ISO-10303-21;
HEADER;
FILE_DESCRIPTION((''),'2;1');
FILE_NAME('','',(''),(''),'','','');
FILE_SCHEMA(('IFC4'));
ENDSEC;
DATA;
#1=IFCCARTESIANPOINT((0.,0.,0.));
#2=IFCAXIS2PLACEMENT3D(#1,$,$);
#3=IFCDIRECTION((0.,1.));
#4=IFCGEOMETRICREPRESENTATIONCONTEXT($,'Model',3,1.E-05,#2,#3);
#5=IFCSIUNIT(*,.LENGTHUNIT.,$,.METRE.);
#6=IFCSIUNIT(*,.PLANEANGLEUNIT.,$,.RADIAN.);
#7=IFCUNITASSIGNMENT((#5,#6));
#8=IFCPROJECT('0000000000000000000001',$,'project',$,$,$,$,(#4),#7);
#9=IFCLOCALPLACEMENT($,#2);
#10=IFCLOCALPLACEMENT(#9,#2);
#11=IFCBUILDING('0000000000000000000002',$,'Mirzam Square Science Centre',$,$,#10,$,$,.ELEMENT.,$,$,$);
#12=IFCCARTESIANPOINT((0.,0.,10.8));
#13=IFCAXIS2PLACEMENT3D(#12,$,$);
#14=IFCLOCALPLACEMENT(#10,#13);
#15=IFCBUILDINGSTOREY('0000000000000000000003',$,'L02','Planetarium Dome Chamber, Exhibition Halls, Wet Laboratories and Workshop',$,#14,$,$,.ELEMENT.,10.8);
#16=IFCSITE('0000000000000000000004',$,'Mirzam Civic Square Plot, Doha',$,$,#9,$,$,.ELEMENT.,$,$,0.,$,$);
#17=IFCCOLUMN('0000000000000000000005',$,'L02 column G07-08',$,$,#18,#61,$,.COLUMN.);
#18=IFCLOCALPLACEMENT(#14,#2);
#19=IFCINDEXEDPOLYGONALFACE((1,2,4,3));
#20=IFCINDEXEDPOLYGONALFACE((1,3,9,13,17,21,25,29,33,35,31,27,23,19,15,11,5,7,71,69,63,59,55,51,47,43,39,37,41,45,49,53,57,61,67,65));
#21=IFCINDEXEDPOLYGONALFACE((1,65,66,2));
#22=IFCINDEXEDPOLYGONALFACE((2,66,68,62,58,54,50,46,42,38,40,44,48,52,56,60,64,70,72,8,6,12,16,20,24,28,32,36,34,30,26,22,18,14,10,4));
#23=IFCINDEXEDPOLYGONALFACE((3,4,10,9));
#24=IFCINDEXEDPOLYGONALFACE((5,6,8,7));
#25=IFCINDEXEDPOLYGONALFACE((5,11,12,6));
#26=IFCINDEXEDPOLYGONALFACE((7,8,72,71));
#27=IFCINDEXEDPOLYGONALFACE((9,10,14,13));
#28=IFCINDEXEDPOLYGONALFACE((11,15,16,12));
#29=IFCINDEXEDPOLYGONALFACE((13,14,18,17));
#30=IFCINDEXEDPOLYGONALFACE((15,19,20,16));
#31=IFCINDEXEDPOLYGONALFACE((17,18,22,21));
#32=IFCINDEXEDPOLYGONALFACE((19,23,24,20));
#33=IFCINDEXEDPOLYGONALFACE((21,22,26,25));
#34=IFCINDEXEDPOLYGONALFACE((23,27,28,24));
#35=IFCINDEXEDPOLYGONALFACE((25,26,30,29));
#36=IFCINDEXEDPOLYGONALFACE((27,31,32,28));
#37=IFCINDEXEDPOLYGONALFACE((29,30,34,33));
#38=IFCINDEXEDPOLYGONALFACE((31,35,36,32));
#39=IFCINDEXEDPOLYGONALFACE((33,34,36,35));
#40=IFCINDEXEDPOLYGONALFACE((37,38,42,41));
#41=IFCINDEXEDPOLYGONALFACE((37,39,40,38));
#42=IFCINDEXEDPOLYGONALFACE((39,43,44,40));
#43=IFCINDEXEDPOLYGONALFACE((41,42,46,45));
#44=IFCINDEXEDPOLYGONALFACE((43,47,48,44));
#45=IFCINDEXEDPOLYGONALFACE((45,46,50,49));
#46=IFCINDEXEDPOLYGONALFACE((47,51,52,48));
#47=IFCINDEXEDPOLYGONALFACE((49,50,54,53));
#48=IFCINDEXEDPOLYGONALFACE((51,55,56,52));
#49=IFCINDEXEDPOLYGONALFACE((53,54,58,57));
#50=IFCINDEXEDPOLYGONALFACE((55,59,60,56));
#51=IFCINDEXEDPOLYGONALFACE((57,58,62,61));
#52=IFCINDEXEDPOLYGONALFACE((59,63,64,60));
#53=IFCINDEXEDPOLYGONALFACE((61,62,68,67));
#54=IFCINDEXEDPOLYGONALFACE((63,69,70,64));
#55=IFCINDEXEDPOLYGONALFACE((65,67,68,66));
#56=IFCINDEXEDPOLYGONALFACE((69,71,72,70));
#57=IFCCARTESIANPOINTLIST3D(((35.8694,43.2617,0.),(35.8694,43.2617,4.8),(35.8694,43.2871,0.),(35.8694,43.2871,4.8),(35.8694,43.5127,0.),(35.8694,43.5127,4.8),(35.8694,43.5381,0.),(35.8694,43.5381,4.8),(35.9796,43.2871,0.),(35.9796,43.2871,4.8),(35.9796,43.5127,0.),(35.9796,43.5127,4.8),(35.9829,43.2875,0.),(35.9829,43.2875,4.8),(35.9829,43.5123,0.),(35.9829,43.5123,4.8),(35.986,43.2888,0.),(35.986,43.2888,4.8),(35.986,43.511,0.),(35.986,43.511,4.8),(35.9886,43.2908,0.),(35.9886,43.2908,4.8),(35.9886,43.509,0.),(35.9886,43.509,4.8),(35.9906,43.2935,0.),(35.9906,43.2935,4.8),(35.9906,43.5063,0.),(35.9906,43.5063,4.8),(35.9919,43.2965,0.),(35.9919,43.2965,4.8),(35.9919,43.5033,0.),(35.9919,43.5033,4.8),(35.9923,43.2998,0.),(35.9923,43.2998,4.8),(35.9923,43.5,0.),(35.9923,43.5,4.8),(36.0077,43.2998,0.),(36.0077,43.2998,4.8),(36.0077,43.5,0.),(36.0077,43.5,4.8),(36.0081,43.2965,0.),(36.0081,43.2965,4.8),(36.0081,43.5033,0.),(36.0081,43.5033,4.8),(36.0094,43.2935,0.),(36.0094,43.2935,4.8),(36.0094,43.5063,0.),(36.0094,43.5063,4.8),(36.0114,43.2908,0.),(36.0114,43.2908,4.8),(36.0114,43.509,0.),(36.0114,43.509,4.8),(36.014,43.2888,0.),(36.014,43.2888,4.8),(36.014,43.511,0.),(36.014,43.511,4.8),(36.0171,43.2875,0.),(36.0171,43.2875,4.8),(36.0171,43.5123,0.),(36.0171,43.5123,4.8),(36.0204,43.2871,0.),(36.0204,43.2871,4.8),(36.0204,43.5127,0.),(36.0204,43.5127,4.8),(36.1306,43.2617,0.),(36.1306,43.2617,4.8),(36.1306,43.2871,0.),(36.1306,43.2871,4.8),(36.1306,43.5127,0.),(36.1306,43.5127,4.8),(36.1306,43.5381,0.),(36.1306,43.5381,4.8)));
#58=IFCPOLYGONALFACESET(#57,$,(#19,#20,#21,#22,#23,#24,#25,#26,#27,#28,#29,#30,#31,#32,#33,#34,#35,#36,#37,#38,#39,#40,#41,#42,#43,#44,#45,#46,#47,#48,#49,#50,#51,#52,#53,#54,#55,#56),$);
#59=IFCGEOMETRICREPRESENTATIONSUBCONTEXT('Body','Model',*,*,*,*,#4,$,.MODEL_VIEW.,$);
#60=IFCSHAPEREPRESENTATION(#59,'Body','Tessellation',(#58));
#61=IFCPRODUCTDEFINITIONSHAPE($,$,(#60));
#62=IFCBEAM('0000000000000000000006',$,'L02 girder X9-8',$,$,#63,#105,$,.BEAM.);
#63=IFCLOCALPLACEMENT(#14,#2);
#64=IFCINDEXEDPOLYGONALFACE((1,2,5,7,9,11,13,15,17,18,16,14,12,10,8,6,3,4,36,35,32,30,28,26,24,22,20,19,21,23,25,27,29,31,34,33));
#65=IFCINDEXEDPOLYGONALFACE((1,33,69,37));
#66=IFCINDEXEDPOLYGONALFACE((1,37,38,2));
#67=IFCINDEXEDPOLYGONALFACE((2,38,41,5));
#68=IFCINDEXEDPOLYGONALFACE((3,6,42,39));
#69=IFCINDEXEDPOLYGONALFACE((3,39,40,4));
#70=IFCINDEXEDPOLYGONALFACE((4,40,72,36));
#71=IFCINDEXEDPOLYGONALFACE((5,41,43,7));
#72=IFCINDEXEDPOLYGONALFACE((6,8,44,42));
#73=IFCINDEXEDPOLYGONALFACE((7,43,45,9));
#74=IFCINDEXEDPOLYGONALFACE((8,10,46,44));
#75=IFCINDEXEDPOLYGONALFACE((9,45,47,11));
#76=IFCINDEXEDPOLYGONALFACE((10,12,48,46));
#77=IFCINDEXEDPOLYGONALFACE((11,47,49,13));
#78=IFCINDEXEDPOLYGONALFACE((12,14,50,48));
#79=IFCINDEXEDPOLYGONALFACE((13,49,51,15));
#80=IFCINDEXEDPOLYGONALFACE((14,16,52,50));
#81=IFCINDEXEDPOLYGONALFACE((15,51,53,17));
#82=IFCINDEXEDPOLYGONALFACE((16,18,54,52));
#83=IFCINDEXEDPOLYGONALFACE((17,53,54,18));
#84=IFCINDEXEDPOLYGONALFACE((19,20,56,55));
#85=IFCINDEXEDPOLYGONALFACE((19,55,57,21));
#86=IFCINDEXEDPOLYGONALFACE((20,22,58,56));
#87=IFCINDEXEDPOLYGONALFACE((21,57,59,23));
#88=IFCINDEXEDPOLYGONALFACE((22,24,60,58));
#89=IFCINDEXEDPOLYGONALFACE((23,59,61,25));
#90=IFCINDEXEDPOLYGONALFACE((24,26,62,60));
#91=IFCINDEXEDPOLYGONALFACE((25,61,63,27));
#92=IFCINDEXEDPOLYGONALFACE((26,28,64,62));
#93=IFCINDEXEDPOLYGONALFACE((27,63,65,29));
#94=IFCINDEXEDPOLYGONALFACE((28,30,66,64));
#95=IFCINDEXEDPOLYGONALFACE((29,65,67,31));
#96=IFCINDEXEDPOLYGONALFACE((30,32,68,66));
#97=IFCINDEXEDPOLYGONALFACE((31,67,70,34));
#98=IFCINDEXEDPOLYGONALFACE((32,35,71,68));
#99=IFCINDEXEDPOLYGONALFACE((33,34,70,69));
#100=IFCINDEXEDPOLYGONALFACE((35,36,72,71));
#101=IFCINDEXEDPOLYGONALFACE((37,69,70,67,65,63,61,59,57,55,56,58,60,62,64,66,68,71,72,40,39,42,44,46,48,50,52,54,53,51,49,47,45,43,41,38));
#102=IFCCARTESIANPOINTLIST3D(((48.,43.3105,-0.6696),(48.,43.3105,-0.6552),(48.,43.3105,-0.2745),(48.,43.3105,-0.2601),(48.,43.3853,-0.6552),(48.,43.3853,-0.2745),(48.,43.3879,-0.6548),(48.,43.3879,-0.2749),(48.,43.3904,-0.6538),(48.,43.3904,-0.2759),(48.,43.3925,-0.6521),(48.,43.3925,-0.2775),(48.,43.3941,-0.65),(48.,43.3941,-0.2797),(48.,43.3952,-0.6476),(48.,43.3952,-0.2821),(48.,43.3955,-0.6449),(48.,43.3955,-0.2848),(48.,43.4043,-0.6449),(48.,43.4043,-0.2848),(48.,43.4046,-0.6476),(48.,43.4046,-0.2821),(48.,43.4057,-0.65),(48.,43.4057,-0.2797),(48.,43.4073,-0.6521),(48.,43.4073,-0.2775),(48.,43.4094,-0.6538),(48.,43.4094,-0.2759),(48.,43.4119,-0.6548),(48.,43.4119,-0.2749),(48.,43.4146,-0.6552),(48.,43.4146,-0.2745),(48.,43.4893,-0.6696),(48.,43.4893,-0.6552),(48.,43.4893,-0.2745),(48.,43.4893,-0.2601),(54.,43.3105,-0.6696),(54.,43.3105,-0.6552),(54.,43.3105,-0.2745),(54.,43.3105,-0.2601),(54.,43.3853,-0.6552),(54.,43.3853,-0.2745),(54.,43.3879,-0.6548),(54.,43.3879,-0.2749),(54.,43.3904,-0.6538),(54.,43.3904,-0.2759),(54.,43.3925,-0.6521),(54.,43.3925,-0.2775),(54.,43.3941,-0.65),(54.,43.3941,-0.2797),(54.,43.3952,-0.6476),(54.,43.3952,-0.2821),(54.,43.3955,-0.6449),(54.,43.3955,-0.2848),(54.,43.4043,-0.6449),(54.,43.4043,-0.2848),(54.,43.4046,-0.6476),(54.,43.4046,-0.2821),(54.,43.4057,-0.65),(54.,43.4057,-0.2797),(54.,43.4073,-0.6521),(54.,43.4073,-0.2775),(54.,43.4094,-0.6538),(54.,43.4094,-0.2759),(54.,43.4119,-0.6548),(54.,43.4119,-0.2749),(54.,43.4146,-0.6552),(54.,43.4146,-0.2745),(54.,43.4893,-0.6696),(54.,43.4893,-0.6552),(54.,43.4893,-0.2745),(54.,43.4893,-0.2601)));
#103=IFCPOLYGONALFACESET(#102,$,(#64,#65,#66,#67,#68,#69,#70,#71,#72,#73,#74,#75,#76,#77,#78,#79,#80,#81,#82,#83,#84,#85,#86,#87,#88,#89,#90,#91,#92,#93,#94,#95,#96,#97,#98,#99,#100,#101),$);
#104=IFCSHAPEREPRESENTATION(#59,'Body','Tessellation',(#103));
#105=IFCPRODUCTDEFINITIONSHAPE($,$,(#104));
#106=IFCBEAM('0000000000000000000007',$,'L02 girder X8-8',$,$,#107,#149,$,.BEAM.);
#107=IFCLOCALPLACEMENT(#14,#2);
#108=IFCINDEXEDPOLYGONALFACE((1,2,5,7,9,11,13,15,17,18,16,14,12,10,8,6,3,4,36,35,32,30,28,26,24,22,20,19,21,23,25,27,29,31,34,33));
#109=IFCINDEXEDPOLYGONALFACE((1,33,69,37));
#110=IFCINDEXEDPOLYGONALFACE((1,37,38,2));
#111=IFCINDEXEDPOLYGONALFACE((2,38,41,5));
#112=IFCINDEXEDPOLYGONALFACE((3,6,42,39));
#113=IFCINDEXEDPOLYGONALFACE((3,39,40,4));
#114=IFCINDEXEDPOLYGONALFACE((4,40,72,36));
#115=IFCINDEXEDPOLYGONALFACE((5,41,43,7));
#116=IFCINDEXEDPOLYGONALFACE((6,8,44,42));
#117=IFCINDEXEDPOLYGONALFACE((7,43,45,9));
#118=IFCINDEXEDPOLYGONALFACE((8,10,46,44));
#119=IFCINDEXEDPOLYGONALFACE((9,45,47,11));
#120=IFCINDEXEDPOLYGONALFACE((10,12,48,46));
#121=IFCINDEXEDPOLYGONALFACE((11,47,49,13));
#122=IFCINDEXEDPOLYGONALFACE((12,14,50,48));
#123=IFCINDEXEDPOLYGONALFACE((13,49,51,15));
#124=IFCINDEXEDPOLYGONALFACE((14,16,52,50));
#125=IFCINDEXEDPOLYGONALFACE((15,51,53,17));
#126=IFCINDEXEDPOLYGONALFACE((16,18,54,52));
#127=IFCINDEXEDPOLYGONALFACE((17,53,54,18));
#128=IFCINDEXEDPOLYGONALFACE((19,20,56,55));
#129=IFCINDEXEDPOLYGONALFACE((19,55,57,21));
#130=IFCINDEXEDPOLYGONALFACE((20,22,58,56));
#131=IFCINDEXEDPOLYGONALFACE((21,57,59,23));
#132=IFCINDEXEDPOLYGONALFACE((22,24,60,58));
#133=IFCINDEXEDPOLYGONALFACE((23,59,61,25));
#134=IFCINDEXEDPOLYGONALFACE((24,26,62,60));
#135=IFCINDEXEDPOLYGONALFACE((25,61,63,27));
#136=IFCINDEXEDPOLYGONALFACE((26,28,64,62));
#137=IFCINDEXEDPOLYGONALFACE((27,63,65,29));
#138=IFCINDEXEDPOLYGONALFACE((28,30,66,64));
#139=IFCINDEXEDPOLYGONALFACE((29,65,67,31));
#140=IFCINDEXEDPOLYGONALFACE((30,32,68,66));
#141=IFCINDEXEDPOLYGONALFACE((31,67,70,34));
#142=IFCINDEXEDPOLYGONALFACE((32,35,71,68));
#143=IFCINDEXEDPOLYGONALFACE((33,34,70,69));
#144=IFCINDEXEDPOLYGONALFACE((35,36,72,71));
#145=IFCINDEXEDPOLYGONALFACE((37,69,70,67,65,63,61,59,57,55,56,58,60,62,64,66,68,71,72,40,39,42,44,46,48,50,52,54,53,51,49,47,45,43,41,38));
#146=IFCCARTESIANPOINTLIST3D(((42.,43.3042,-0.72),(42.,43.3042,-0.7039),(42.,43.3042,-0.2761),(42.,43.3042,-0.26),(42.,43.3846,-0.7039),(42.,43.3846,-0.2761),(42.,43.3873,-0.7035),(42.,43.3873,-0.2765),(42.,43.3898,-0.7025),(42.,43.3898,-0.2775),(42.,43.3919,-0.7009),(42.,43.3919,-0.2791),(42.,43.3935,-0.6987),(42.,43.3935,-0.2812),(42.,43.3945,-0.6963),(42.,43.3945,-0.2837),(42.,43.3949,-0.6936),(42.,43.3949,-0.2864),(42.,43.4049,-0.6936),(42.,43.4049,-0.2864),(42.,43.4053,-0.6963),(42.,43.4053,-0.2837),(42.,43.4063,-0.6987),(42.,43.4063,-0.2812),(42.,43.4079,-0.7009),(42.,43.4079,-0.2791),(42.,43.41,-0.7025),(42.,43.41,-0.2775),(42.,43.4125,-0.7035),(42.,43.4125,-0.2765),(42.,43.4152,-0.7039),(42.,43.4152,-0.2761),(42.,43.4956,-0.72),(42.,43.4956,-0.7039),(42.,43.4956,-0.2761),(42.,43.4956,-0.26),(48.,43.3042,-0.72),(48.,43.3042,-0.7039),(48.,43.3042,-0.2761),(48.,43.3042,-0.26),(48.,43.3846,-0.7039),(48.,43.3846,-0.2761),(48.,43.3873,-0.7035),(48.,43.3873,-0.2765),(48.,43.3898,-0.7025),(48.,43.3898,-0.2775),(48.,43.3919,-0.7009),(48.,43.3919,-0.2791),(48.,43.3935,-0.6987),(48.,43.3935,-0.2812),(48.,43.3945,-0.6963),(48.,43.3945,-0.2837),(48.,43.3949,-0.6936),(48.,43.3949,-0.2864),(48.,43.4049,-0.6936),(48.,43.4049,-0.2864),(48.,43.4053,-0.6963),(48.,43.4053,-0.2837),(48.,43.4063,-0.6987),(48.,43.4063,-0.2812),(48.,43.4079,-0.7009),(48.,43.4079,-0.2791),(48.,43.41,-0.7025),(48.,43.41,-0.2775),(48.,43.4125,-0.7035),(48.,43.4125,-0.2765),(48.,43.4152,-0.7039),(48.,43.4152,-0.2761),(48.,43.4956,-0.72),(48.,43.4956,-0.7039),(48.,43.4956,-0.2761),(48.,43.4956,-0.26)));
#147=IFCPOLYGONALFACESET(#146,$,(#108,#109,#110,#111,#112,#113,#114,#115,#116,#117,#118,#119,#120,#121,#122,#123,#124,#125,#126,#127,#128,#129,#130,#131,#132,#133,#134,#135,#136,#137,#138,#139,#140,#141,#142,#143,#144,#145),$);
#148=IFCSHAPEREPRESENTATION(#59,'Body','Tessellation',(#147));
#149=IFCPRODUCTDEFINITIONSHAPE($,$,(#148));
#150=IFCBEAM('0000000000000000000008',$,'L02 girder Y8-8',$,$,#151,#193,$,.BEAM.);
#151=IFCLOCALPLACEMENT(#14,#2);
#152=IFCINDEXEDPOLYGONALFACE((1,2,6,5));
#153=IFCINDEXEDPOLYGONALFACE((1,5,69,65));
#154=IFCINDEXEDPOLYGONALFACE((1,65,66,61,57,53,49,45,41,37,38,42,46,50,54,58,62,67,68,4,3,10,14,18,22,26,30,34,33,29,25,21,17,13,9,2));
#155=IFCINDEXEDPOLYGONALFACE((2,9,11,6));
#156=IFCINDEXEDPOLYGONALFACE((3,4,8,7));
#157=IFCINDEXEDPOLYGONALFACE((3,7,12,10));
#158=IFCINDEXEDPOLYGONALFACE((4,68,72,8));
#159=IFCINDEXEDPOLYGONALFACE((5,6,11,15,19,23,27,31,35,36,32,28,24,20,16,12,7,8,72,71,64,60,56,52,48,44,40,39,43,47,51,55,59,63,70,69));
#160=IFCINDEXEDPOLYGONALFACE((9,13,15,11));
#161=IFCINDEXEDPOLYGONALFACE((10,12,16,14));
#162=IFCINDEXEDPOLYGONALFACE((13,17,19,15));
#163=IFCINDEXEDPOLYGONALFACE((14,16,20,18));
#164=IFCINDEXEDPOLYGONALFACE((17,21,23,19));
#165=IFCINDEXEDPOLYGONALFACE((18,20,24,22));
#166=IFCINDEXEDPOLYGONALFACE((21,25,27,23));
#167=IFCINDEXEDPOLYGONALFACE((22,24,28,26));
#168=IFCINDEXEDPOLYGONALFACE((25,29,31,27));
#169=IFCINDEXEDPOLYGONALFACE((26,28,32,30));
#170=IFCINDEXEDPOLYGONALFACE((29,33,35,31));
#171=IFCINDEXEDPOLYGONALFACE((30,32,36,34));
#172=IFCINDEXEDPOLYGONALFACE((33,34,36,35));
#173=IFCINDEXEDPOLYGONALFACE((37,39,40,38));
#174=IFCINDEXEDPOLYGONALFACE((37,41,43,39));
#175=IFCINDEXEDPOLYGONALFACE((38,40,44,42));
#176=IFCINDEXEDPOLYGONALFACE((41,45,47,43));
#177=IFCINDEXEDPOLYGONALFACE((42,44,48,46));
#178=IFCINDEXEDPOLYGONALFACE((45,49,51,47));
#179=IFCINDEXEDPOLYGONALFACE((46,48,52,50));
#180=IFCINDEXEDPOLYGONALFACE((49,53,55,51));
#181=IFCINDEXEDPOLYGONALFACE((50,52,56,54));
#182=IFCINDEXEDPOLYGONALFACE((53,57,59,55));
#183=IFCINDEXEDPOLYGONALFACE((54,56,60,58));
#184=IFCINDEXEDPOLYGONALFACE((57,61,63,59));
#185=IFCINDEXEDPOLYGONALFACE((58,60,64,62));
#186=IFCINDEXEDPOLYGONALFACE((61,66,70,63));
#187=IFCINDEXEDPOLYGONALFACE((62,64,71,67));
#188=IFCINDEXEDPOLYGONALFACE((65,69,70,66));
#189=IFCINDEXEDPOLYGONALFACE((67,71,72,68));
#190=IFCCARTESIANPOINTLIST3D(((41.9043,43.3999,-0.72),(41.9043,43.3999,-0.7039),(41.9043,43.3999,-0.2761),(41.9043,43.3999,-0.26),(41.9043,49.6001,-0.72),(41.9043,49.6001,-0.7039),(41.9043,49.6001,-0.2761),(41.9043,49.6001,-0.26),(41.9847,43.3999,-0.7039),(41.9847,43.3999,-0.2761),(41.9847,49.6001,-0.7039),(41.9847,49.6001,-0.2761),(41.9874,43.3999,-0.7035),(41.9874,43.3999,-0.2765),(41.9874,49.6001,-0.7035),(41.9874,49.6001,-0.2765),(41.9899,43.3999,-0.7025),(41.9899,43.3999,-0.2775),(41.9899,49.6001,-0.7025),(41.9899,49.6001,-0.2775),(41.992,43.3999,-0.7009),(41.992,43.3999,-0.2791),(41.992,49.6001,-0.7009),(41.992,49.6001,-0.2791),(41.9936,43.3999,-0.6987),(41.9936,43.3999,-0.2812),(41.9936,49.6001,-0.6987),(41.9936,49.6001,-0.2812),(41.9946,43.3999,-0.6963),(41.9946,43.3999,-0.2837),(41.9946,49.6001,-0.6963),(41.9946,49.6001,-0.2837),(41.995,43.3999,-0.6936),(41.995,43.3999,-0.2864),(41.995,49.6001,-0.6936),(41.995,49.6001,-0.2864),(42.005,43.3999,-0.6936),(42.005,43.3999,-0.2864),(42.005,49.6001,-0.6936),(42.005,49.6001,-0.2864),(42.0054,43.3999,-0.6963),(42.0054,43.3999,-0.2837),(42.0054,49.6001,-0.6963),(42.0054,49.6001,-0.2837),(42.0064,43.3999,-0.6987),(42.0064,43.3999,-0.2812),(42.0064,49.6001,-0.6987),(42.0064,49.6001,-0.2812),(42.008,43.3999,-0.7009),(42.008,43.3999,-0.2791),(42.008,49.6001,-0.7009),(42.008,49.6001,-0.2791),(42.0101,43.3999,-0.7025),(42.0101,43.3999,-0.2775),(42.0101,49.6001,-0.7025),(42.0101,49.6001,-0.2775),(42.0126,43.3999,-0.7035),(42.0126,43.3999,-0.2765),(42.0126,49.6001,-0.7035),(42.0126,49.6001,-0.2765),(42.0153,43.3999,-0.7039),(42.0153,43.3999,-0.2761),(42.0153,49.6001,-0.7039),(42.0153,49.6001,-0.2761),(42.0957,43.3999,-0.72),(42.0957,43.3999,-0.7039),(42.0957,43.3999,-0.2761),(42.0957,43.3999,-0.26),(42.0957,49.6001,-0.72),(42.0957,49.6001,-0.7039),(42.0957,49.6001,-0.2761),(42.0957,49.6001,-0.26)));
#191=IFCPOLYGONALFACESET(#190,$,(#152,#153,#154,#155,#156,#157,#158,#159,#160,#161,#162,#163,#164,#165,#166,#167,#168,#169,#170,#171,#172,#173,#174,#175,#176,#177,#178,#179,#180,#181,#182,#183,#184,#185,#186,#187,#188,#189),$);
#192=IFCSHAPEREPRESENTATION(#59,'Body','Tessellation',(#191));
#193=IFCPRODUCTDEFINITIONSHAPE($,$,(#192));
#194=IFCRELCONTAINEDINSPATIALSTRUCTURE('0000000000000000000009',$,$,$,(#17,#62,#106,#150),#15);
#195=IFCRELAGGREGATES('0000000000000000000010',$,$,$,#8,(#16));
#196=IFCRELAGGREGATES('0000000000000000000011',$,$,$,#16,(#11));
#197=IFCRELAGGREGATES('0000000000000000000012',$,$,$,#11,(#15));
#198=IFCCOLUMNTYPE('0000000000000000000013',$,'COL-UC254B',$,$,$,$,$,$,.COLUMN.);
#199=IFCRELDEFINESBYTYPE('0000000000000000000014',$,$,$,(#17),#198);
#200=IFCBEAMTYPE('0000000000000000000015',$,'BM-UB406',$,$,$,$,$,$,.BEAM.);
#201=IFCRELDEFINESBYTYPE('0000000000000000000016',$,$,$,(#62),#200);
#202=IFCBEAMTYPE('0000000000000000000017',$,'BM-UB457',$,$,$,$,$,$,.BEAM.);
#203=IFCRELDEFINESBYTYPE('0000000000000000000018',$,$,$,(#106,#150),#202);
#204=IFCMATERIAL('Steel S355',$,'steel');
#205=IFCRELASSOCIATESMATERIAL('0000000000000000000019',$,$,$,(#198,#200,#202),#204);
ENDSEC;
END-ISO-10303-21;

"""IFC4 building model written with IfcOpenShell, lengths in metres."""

from ifc_helpers import new_model, si_unit, direction, frame, origin, origin_2d, place, context, subcontext, project, spatial, i_section, extrude, material, material_profile, profile_set, type_object, element, save


model = new_model("IFC4")

# Units and contexts
model_context = context("Model", 3, precision=1e-05, world=origin(), true_north=direction((0.0, 1.0)))
body_context = subcontext(model_context, "Body", "Model", "MODEL_VIEW")
ifc_project = project(units=[si_unit("LENGTHUNIT", "METRE"), si_unit("PLANEANGLEUNIT", "RADIAN")], contexts=[model_context])

# Site, building, storey
site_placement = place(None, origin())
site = spatial("IfcSite", under=ifc_project, at=site_placement, Name="Mirzam Civic Square Plot, Doha", CompositionType="ELEMENT", RefElevation=0.0)
building_placement = place(site_placement, origin())
building = spatial("IfcBuilding", under=site, at=building_placement, Name="Mirzam Square Science Centre", CompositionType="ELEMENT")
storey_placement = place(building_placement, frame((0.0, 0.0, 10.8)))
storey = spatial("IfcBuildingStorey", under=building, at=storey_placement, Name="L02", Description="Planetarium Dome Chamber, Exhibition Halls, Wet Laboratories and Workshop", CompositionType="ELEMENT", Elevation=10.8)

# Column
ifc_material_1 = material(Name="Steel S355", Category="steel")
ifc_material_profile_1 = material_profile(ifc_material_1, i_section(OverallWidth=0.2612, OverallDepth=0.2764, WebThickness=0.0154, FlangeThickness=0.0254, FilletRadius=0.0127, at=origin_2d()), Name="254x254x132UC")
ifc_profile_set_1 = profile_set([ifc_material_profile_1], Name="Steel S355")
column_type_1 = type_object("IfcColumnType", Name="COL-UC254B", PredefinedType="COLUMN", material=ifc_profile_set_1)
column_1_placement = place(storey_placement, frame((36.0, 43.3999, 0.0), z_axis=(0.0, 0.0, 1.0), x_axis=(1.0, 0.0, 0.0)))
element("IfcColumn", 1, at=column_1_placement, inside=storey, type_object=column_type_1, Name="L02 column G07-08", PredefinedType="COLUMN", context=body_context, shape_type="SweptSolid", body=[
    extrude(i_section(OverallWidth=0.2612, OverallDepth=0.2764, WebThickness=0.0154, FlangeThickness=0.0254, FilletRadius=0.0127, at=origin_2d()), origin(), (0.0, 0.0, 1.0), 4.8),
])

# Beams
ifc_material_profile_2 = material_profile(ifc_material_1, i_section(OverallWidth=0.1787, OverallDepth=0.4094, WebThickness=0.0088, FlangeThickness=0.0144, FilletRadius=0.0103, at=origin_2d()), Name="406x178x67UB")
ifc_profile_set_2 = profile_set([ifc_material_profile_2], Name="Steel S355")
beam_type_1 = type_object("IfcBeamType", Name="BM-UB406", PredefinedType="BEAM", material=ifc_profile_set_2)
beam_1_placement = place(storey_placement, frame((48.0, 43.3999, -0.4648), z_axis=(1.0, 0.0, 0.0), x_axis=(0.0, 1.0, 0.0)))
element("IfcBeam", 2, at=beam_1_placement, inside=storey, type_object=beam_type_1, Name="L02 girder X9-8", PredefinedType="BEAM", context=body_context, shape_type="SweptSolid", body=[
    extrude(i_section(OverallWidth=0.1787, OverallDepth=0.4094, WebThickness=0.0088, FlangeThickness=0.0144, FilletRadius=0.0103, at=origin_2d()), origin(), (0.0, 0.0, 1.0), 6.0),
])
ifc_material_profile_3 = material_profile(ifc_material_1, i_section(OverallWidth=0.1914, OverallDepth=0.46, WebThickness=0.01, FlangeThickness=0.0161, FilletRadius=0.0103, at=origin_2d()), Name="457x191x82UB")
ifc_profile_set_3 = profile_set([ifc_material_profile_3], Name="Steel S355")
beam_type_2 = type_object("IfcBeamType", Name="BM-UB457", PredefinedType="BEAM", material=ifc_profile_set_3)
beam_2_placement = place(storey_placement, frame((42.0, 43.3999, -0.49), z_axis=(1.0, 0.0, 0.0), x_axis=(0.0, 1.0, 0.0)))
element("IfcBeam", 3, at=beam_2_placement, inside=storey, type_object=beam_type_2, Name="L02 girder X8-8", PredefinedType="BEAM", context=body_context, shape_type="SweptSolid", body=[
    extrude(i_section(OverallWidth=0.1914, OverallDepth=0.46, WebThickness=0.01, FlangeThickness=0.0161, FilletRadius=0.0103, at=origin_2d()), origin(), (0.0, 0.0, 1.0), 6.0),
])
beam_3_placement = place(storey_placement, frame((42.0, 43.3999, -0.49), z_axis=(0.0, 1.0, 0.0), x_axis=(-1.0, 0.0, 0.0)))
element("IfcBeam", 4, at=beam_3_placement, inside=storey, type_object=beam_type_2, Name="L02 girder Y8-8", PredefinedType="BEAM", context=body_context, shape_type="SweptSolid", body=[
    extrude(i_section(OverallWidth=0.1914, OverallDepth=0.46, WebThickness=0.01, FlangeThickness=0.0161, FilletRadius=0.0103, at=origin_2d()), origin(), (0.0, 0.0, 1.0), 6.2002),
])

save(model, "model.ifc")
